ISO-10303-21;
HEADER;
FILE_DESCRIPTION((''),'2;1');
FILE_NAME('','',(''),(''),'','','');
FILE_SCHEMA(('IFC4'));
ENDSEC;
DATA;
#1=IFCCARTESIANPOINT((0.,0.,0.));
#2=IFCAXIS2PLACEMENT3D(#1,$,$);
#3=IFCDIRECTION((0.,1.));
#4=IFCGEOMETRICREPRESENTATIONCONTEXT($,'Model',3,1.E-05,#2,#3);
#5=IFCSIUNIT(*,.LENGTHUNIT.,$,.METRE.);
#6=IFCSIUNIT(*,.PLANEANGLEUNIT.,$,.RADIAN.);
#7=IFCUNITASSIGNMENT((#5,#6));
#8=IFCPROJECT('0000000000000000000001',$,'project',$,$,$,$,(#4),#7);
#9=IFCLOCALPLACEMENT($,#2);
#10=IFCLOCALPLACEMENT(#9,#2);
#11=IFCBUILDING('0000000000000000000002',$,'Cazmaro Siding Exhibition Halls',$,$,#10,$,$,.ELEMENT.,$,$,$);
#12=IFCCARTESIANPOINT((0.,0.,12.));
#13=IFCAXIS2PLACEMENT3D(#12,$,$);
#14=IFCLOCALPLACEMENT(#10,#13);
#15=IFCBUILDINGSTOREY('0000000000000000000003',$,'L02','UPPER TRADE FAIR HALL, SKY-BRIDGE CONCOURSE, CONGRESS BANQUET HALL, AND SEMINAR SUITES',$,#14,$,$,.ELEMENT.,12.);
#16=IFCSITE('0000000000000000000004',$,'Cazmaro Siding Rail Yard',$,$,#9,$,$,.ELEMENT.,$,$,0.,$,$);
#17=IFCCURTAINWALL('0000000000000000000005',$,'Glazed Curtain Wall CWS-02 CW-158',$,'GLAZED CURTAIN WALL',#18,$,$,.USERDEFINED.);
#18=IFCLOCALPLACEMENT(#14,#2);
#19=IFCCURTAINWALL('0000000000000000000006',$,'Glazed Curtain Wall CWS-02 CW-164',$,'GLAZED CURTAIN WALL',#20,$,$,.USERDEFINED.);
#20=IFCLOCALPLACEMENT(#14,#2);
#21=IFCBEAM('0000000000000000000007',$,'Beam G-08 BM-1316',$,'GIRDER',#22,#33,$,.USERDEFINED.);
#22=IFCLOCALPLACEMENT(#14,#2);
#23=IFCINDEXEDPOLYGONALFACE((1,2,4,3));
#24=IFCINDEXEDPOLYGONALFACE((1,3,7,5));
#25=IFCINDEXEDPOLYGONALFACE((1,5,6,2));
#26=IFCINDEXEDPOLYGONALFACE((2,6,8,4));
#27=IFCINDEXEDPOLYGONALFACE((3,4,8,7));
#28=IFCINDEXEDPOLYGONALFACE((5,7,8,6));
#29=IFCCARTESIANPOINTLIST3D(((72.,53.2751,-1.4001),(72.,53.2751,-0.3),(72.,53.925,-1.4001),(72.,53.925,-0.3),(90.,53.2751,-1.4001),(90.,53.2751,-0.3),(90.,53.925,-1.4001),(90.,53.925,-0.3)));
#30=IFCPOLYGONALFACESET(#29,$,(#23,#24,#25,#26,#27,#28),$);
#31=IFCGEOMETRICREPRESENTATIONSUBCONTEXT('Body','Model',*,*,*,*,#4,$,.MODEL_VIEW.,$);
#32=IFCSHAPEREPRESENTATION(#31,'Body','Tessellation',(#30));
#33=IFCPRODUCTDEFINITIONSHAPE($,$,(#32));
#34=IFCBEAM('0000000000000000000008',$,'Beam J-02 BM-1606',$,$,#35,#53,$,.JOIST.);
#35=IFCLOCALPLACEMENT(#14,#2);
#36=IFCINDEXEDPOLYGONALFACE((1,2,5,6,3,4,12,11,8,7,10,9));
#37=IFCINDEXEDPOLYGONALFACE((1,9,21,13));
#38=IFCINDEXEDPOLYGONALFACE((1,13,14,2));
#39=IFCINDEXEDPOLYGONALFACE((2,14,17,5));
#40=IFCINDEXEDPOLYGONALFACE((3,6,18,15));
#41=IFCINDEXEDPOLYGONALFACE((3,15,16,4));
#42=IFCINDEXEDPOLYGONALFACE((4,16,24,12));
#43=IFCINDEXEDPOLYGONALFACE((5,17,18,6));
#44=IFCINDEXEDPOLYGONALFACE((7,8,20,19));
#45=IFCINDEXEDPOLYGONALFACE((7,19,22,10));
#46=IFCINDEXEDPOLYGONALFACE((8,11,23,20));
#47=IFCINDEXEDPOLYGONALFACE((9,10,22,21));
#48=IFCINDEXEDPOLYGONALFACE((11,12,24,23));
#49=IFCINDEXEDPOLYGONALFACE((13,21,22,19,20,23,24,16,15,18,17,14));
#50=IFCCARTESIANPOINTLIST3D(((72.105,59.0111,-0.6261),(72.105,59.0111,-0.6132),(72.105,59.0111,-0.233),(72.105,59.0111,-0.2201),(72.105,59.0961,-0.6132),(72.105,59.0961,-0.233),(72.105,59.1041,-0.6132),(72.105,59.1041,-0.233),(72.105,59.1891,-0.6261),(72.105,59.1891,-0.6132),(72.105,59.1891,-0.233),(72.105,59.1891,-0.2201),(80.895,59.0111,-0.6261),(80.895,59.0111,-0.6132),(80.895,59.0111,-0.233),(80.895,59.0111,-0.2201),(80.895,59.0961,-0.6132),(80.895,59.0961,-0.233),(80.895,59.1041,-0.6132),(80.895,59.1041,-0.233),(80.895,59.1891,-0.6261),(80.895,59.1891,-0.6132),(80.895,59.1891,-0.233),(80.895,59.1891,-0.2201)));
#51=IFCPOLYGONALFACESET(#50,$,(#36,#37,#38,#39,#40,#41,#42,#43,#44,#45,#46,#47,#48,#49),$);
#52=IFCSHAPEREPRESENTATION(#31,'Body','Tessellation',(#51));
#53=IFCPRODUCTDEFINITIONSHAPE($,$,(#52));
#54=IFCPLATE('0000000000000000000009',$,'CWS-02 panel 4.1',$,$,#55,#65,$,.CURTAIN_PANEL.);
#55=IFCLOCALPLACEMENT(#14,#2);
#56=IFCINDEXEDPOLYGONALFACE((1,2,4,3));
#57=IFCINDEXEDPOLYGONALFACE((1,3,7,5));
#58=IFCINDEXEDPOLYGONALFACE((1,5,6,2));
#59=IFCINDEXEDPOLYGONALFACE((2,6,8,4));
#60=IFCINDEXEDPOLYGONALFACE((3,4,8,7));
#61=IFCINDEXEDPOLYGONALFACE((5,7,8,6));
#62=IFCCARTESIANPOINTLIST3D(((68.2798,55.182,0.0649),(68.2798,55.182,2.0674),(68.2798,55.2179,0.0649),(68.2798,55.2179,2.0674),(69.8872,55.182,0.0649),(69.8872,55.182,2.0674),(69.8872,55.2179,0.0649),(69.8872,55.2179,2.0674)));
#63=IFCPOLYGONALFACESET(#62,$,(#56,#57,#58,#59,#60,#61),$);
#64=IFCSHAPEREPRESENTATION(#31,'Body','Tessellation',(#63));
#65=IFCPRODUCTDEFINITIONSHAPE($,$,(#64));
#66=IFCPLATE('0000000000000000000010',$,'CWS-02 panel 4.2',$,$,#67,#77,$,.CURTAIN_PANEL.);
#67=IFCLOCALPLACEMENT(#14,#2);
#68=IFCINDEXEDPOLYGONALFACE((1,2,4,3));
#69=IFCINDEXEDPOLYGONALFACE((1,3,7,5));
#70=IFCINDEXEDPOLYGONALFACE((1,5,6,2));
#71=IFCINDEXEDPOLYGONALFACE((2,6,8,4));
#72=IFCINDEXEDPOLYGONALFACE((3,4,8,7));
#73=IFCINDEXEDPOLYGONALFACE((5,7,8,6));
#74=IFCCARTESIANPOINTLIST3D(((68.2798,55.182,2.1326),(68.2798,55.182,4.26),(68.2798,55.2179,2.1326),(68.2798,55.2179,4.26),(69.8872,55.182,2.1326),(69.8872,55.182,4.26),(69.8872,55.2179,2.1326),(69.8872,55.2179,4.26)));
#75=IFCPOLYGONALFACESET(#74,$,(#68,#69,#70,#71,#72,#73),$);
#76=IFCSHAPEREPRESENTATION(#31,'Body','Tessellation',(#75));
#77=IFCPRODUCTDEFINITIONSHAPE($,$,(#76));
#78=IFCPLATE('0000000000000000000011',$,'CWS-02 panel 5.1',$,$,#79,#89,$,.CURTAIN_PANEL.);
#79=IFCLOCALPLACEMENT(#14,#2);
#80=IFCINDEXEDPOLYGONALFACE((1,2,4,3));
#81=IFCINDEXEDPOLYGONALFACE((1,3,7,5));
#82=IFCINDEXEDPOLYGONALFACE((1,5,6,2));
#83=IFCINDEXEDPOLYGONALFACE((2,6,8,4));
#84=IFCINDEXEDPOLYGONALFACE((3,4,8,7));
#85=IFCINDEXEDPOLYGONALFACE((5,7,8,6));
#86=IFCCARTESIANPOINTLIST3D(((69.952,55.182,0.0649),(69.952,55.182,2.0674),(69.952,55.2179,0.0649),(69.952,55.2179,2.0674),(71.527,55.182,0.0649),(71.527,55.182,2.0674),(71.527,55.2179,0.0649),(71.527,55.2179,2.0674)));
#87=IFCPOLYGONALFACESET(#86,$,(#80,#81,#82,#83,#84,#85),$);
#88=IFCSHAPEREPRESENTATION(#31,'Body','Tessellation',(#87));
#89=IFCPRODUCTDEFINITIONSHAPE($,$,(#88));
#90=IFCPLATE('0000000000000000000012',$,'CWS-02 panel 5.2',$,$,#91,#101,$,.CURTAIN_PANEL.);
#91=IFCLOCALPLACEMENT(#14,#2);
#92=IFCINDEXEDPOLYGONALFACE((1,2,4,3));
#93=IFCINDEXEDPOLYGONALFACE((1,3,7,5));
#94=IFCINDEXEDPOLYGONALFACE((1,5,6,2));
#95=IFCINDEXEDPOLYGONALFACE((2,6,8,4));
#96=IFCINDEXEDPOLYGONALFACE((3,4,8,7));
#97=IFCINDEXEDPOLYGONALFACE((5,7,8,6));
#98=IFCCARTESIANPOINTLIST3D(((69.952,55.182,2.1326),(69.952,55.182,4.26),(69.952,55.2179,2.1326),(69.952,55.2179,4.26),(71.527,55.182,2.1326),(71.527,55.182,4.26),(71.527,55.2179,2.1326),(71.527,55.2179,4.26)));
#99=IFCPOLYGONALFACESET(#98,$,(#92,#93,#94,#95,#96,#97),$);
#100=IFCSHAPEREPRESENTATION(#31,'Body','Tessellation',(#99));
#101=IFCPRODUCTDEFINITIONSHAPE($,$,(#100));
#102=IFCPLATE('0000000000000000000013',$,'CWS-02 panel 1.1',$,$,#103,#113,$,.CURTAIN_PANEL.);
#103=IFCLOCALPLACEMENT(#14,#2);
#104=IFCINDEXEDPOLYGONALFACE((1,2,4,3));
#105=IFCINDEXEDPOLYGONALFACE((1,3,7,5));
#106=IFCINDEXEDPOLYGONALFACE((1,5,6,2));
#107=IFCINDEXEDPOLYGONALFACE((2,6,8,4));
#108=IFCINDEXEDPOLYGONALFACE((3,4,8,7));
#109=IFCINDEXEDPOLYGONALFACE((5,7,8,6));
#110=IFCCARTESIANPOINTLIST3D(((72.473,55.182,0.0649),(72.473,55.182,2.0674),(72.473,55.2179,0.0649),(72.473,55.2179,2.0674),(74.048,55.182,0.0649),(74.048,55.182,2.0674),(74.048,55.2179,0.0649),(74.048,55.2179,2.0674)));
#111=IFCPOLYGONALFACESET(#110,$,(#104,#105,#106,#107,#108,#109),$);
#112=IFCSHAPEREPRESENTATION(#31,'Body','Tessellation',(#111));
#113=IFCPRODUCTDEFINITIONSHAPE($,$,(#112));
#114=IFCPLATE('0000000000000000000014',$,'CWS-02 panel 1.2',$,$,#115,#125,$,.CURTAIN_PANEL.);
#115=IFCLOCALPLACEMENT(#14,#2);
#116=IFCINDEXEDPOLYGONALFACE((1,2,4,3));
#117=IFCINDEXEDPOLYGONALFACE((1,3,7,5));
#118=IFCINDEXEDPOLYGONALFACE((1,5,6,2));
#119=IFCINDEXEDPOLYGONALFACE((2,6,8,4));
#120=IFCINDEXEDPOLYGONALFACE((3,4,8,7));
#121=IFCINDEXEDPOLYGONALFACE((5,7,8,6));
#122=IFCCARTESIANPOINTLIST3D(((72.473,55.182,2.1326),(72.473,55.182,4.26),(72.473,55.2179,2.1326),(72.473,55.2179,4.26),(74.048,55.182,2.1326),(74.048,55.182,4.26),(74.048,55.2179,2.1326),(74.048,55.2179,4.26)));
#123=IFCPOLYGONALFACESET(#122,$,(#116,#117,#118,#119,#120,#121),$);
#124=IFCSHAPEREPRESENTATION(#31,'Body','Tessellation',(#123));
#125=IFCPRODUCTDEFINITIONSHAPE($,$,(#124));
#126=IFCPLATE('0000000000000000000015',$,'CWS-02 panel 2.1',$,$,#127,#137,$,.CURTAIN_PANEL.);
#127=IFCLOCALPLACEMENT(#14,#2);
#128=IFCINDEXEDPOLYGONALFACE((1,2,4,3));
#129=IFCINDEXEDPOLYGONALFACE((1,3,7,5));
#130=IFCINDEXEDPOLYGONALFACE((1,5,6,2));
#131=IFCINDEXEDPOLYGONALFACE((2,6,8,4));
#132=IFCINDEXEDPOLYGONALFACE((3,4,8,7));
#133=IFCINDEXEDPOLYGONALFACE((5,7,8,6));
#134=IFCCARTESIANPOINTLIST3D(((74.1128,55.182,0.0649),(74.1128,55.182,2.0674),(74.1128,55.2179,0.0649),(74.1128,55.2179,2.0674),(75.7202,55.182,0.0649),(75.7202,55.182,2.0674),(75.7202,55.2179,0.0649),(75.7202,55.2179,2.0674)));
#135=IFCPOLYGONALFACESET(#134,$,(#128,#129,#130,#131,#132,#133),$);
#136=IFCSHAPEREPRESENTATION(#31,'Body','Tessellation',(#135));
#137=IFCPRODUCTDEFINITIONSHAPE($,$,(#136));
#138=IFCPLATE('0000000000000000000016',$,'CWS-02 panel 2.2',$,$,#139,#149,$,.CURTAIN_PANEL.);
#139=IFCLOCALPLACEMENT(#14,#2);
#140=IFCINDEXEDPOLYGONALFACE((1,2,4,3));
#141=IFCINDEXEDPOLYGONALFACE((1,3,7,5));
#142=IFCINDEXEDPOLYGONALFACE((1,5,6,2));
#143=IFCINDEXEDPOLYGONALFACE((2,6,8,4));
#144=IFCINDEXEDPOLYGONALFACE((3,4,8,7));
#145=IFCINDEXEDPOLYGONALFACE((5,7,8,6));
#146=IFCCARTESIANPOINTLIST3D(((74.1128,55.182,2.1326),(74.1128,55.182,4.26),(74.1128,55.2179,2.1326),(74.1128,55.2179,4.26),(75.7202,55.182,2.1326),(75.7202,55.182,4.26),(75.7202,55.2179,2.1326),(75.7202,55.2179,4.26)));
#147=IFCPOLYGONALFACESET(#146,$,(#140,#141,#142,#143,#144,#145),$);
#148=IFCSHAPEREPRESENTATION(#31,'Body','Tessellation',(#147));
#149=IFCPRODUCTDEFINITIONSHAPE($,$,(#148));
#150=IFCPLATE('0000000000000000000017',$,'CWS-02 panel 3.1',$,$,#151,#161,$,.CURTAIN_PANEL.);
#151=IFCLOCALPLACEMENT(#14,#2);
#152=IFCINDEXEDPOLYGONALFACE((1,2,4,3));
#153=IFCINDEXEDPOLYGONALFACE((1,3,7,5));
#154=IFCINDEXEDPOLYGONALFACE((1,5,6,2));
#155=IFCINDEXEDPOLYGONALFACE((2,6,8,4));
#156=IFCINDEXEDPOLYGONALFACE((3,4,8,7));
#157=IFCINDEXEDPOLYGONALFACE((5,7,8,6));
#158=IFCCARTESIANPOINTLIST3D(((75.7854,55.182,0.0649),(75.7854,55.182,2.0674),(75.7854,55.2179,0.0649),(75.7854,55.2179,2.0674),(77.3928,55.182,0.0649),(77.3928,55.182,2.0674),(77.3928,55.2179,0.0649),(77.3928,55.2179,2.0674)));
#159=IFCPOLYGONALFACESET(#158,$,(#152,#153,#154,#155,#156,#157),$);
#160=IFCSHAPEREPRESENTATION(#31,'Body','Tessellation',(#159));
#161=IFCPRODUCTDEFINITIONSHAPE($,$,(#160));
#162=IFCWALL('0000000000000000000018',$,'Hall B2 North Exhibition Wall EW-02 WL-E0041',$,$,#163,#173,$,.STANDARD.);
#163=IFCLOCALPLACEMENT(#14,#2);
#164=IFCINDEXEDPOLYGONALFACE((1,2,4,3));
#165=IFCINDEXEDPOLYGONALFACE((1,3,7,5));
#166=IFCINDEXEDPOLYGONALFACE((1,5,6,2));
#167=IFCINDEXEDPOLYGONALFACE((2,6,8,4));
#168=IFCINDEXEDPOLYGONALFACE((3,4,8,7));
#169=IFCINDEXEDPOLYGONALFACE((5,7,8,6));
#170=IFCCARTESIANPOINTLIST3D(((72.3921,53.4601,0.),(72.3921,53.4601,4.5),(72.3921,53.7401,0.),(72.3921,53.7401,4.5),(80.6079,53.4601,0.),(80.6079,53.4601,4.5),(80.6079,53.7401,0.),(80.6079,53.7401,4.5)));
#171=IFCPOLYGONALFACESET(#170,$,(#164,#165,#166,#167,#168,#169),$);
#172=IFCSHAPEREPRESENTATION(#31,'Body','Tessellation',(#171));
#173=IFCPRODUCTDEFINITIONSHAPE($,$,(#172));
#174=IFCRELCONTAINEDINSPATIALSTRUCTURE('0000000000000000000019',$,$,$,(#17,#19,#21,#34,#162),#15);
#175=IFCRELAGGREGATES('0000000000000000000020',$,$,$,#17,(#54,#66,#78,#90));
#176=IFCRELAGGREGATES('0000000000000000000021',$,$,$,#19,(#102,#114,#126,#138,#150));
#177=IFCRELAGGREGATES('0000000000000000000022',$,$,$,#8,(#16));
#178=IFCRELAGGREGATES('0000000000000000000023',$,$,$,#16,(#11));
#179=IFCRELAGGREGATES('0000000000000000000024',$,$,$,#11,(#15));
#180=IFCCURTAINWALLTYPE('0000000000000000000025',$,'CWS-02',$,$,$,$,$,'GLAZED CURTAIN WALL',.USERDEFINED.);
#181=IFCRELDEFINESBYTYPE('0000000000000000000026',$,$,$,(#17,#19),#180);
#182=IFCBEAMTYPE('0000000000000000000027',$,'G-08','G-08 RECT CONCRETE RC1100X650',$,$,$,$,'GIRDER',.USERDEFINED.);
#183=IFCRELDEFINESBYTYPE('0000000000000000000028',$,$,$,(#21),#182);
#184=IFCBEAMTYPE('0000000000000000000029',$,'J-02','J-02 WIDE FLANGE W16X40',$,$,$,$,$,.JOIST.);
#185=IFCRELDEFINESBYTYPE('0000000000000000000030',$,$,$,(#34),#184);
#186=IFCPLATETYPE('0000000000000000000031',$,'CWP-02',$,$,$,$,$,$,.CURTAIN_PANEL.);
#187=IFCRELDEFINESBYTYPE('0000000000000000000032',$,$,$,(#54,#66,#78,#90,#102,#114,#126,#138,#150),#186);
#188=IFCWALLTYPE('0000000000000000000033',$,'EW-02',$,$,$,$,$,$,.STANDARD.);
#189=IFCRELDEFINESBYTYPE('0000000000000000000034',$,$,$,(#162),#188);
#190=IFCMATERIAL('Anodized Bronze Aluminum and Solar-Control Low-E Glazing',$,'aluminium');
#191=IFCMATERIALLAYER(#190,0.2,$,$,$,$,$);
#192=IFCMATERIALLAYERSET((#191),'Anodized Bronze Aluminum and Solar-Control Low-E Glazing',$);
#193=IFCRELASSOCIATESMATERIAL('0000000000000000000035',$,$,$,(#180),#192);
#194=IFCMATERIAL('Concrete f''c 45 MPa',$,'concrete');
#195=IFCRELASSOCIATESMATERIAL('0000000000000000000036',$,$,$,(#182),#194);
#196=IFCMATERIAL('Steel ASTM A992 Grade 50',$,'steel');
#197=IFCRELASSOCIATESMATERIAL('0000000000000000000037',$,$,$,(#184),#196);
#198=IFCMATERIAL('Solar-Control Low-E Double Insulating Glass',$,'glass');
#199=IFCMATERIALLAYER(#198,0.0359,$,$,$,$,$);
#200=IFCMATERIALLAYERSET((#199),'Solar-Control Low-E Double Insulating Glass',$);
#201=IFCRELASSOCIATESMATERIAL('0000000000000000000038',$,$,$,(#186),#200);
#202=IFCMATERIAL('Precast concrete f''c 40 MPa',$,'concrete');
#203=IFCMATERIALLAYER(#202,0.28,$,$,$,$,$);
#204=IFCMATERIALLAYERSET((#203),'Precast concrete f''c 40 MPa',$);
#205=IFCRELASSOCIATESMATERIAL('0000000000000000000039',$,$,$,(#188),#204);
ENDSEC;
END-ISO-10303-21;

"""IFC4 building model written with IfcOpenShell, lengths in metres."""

from ifc_helpers import new_model, si_unit, direction, frame, frame_2d, origin, origin_2d, place, context, subcontext, project, spatial, rectangle, i_section, extrude, material, layer, layer_set, material_profile, profile_set, type_object, element, aggregate, save


model = new_model("IFC4")

# Units and contexts
model_context = context("Model", 3, precision=1e-05, world=origin(), true_north=direction((0.0, 1.0)))
body_context = subcontext(model_context, "Body", "Model", "MODEL_VIEW")
ifc_project = project(units=[si_unit("LENGTHUNIT", "METRE"), si_unit("PLANEANGLEUNIT", "RADIAN")], contexts=[model_context])

# Site, building, storey
site_placement = place(None, origin())
site = spatial("IfcSite", under=ifc_project, at=site_placement, Name="Cazmaro Siding Rail Yard", CompositionType="ELEMENT", RefElevation=0.0)
building_placement = place(site_placement, origin())
building = spatial("IfcBuilding", under=site, at=building_placement, Name="Cazmaro Siding Exhibition Halls", CompositionType="ELEMENT")
storey_placement = place(building_placement, frame((0.0, 0.0, 12.0)))
storey = spatial("IfcBuildingStorey", under=building, at=storey_placement, Name="L02", Description="UPPER TRADE FAIR HALL, SKY-BRIDGE CONCOURSE, CONGRESS BANQUET HALL, AND SEMINAR SUITES", CompositionType="ELEMENT", Elevation=12.0)

# Curtain walls
ifc_material_1 = material(Name="Anodized Bronze Aluminum and Solar-Control Low-E Glazing", Category="aluminium")
ifc_layer_1 = layer(ifc_material_1, 0.2)
ifc_layer_set_1 = layer_set([ifc_layer_1], Name="Anodized Bronze Aluminum and Solar-Control Low-E Glazing")
curtain_wall_type = type_object("IfcCurtainWallType", Name="CWS-02", ElementType="GLAZED CURTAIN WALL", PredefinedType="USERDEFINED", material=ifc_layer_set_1)
curtain_wall_1_placement = place(storey_placement, origin())
curtain_wall_1 = element("IfcCurtainWall", 1, at=curtain_wall_1_placement, inside=storey, type_object=curtain_wall_type, Name="Glazed Curtain Wall CWS-02 CW-158", ObjectType="GLAZED CURTAIN WALL", PredefinedType="USERDEFINED")
curtain_wall_2_placement = place(storey_placement, origin())
curtain_wall_2 = element("IfcCurtainWall", 2, at=curtain_wall_2_placement, inside=storey, type_object=curtain_wall_type, Name="Glazed Curtain Wall CWS-02 CW-164", ObjectType="GLAZED CURTAIN WALL", PredefinedType="USERDEFINED")

# Beams
ifc_material_2 = material(Name="Concrete f'c 45 MPa", Category="concrete")
ifc_material_profile_1 = material_profile(ifc_material_2, rectangle(XDim=0.6499, YDim=1.1001, at=origin_2d()), Name="RC1100X650")
ifc_profile_set_1 = profile_set([ifc_material_profile_1], Name="Concrete f'c 45 MPa")
beam_type_1 = type_object("IfcBeamType", Name="G-08", Description="G-08 RECT CONCRETE RC1100X650", ElementType="GIRDER", PredefinedType="USERDEFINED", material=ifc_profile_set_1)
beam_1_placement = place(storey_placement, frame((72.0, 53.6001, -0.8501), z_axis=(1.0, 0.0, 0.0), x_axis=(0.0, 1.0, 0.0)))
element("IfcBeam", 3, at=beam_1_placement, inside=storey, type_object=beam_type_1, Name="Beam G-08 BM-1316", ObjectType="GIRDER", PredefinedType="USERDEFINED", context=body_context, shape_type="SweptSolid", body=[
    extrude(rectangle(XDim=0.6499, YDim=1.1001, at=origin_2d()), origin(), (0.0, 0.0, 1.0), 18.0),
])
ifc_material_3 = material(Name="Steel ASTM A992 Grade 50", Category="steel")
ifc_material_profile_2 = material_profile(ifc_material_3, i_section(OverallWidth=0.178, OverallDepth=0.406, WebThickness=0.0081, FlangeThickness=0.0129, at=origin_2d()), Name="W16X40")
ifc_profile_set_2 = profile_set([ifc_material_profile_2], Name="Steel ASTM A992 Grade 50")
beam_type_2 = type_object("IfcBeamType", Name="J-02", Description="J-02 WIDE FLANGE W16X40", PredefinedType="JOIST", material=ifc_profile_set_2)
beam_2_placement = place(storey_placement, frame((72.105, 59.1001, -0.4231), z_axis=(1.0, 0.0, 0.0), x_axis=(0.0, 1.0, 0.0)))
element("IfcBeam", 4, at=beam_2_placement, inside=storey, type_object=beam_type_2, Name="Beam J-02 BM-1606", PredefinedType="JOIST", context=body_context, shape_type="SweptSolid", body=[
    extrude(i_section(OverallWidth=0.178, OverallDepth=0.406, WebThickness=0.0081, FlangeThickness=0.0129, at=origin_2d()), origin(), (0.0, 0.0, 1.0), 8.79),
])

# Plates
ifc_material_4 = material(Name="Solar-Control Low-E Double Insulating Glass", Category="glass")
ifc_layer_2 = layer(ifc_material_4, 0.0359)
ifc_layer_set_2 = layer_set([ifc_layer_2], Name="Solar-Control Low-E Double Insulating Glass")
plate_type = type_object("IfcPlateType", Name="CWP-02", PredefinedType="CURTAIN_PANEL", material=ifc_layer_set_2)
plate_1_placement = place(storey_placement, frame((69.0835, 55.2, 0.0649), z_axis=(0.0, 0.0, 1.0), x_axis=(1.0, 0.0, 0.0)))
plate_1 = element("IfcPlate", 5, at=plate_1_placement, type_object=plate_type, Name="CWS-02 panel 4.1", PredefinedType="CURTAIN_PANEL", context=body_context, shape_type="SweptSolid", body=[
    extrude(rectangle(XDim=1.6074, YDim=0.0359, at=origin_2d()), origin(), (0.0, 0.0, 1.0), 2.0024),
])
plate_2_placement = place(storey_placement, frame((69.0835, 55.2, 2.1326), z_axis=(0.0, 0.0, 1.0), x_axis=(1.0, 0.0, 0.0)))
plate_2 = element("IfcPlate", 6, at=plate_2_placement, type_object=plate_type, Name="CWS-02 panel 4.2", PredefinedType="CURTAIN_PANEL", context=body_context, shape_type="SweptSolid", body=[
    extrude(rectangle(XDim=1.6074, YDim=0.0359, at=origin_2d()), origin(), (0.0, 0.0, 1.0), 2.1274),
])
plate_3_placement = place(storey_placement, frame((70.7395, 55.2, 0.0649), z_axis=(0.0, 0.0, 1.0), x_axis=(1.0, 0.0, 0.0)))
plate_3 = element("IfcPlate", 7, at=plate_3_placement, type_object=plate_type, Name="CWS-02 panel 5.1", PredefinedType="CURTAIN_PANEL", context=body_context, shape_type="SweptSolid", body=[
    extrude(rectangle(XDim=1.575, YDim=0.0359, at=origin_2d()), origin(), (0.0, 0.0, 1.0), 2.0024),
])
plate_4_placement = place(storey_placement, frame((70.7395, 55.2, 2.1326), z_axis=(0.0, 0.0, 1.0), x_axis=(1.0, 0.0, 0.0)))
plate_4 = element("IfcPlate", 8, at=plate_4_placement, type_object=plate_type, Name="CWS-02 panel 5.2", PredefinedType="CURTAIN_PANEL", context=body_context, shape_type="SweptSolid", body=[
    extrude(rectangle(XDim=1.575, YDim=0.0359, at=origin_2d()), origin(), (0.0, 0.0, 1.0), 2.1274),
])
aggregate(curtain_wall_1, [plate_1, plate_2, plate_3, plate_4])
plate_5_placement = place(storey_placement, frame((73.2605, 55.2, 0.0649), z_axis=(0.0, 0.0, 1.0), x_axis=(1.0, 0.0, 0.0)))
plate_5 = element("IfcPlate", 9, at=plate_5_placement, type_object=plate_type, Name="CWS-02 panel 1.1", PredefinedType="CURTAIN_PANEL", context=body_context, shape_type="SweptSolid", body=[
    extrude(rectangle(XDim=1.575, YDim=0.0359, at=origin_2d()), origin(), (0.0, 0.0, 1.0), 2.0024),
])
plate_6_placement = place(storey_placement, frame((73.2605, 55.2, 2.1326), z_axis=(0.0, 0.0, 1.0), x_axis=(1.0, 0.0, 0.0)))
plate_6 = element("IfcPlate", 10, at=plate_6_placement, type_object=plate_type, Name="CWS-02 panel 1.2", PredefinedType="CURTAIN_PANEL", context=body_context, shape_type="SweptSolid", body=[
    extrude(rectangle(XDim=1.575, YDim=0.0359, at=origin_2d()), origin(), (0.0, 0.0, 1.0), 2.1274),
])
plate_7_placement = place(storey_placement, frame((74.9165, 55.2, 0.0649), z_axis=(0.0, 0.0, 1.0), x_axis=(1.0, 0.0, 0.0)))
plate_7 = element("IfcPlate", 11, at=plate_7_placement, type_object=plate_type, Name="CWS-02 panel 2.1", PredefinedType="CURTAIN_PANEL", context=body_context, shape_type="SweptSolid", body=[
    extrude(rectangle(XDim=1.6074, YDim=0.0359, at=origin_2d()), origin(), (0.0, 0.0, 1.0), 2.0024),
])
plate_8_placement = place(storey_placement, frame((74.9165, 55.2, 2.1326), z_axis=(0.0, 0.0, 1.0), x_axis=(1.0, 0.0, 0.0)))
plate_8 = element("IfcPlate", 12, at=plate_8_placement, type_object=plate_type, Name="CWS-02 panel 2.2", PredefinedType="CURTAIN_PANEL", context=body_context, shape_type="SweptSolid", body=[
    extrude(rectangle(XDim=1.6074, YDim=0.0359, at=origin_2d()), origin(), (0.0, 0.0, 1.0), 2.1274),
])
plate_9_placement = place(storey_placement, frame((76.5891, 55.2, 0.0649), z_axis=(0.0, 0.0, 1.0), x_axis=(1.0, 0.0, 0.0)))
plate_9 = element("IfcPlate", 13, at=plate_9_placement, type_object=plate_type, Name="CWS-02 panel 3.1", PredefinedType="CURTAIN_PANEL", context=body_context, shape_type="SweptSolid", body=[
    extrude(rectangle(XDim=1.6074, YDim=0.0359, at=origin_2d()), origin(), (0.0, 0.0, 1.0), 2.0024),
])
aggregate(curtain_wall_2, [plate_5, plate_6, plate_7, plate_8, plate_9])

# Wall
ifc_material_5 = material(Name="Precast concrete f'c 40 MPa", Category="concrete")
ifc_layer_3 = layer(ifc_material_5, 0.28)
ifc_layer_set_3 = layer_set([ifc_layer_3], Name="Precast concrete f'c 40 MPa")
wall_type = type_object("IfcWallType", Name="EW-02", PredefinedType="STANDARD", material=ifc_layer_set_3)
wall_placement = place(storey_placement, frame((72.3921, 53.6001, 0.0), z_axis=(0.0, 0.0, 1.0), x_axis=(1.0, 0.0, 0.0)))
element("IfcWall", 14, at=wall_placement, inside=storey, type_object=wall_type, Name="Hall B2 North Exhibition Wall EW-02 WL-E0041", PredefinedType="STANDARD", context=body_context, shape_type="SweptSolid", body=[
    extrude(rectangle(XDim=8.2158, YDim=0.28, at=frame_2d((4.1079, 0.0))), origin(), (0.0, 0.0, 1.0), 4.5),
])

save(model, "model.ifc")
